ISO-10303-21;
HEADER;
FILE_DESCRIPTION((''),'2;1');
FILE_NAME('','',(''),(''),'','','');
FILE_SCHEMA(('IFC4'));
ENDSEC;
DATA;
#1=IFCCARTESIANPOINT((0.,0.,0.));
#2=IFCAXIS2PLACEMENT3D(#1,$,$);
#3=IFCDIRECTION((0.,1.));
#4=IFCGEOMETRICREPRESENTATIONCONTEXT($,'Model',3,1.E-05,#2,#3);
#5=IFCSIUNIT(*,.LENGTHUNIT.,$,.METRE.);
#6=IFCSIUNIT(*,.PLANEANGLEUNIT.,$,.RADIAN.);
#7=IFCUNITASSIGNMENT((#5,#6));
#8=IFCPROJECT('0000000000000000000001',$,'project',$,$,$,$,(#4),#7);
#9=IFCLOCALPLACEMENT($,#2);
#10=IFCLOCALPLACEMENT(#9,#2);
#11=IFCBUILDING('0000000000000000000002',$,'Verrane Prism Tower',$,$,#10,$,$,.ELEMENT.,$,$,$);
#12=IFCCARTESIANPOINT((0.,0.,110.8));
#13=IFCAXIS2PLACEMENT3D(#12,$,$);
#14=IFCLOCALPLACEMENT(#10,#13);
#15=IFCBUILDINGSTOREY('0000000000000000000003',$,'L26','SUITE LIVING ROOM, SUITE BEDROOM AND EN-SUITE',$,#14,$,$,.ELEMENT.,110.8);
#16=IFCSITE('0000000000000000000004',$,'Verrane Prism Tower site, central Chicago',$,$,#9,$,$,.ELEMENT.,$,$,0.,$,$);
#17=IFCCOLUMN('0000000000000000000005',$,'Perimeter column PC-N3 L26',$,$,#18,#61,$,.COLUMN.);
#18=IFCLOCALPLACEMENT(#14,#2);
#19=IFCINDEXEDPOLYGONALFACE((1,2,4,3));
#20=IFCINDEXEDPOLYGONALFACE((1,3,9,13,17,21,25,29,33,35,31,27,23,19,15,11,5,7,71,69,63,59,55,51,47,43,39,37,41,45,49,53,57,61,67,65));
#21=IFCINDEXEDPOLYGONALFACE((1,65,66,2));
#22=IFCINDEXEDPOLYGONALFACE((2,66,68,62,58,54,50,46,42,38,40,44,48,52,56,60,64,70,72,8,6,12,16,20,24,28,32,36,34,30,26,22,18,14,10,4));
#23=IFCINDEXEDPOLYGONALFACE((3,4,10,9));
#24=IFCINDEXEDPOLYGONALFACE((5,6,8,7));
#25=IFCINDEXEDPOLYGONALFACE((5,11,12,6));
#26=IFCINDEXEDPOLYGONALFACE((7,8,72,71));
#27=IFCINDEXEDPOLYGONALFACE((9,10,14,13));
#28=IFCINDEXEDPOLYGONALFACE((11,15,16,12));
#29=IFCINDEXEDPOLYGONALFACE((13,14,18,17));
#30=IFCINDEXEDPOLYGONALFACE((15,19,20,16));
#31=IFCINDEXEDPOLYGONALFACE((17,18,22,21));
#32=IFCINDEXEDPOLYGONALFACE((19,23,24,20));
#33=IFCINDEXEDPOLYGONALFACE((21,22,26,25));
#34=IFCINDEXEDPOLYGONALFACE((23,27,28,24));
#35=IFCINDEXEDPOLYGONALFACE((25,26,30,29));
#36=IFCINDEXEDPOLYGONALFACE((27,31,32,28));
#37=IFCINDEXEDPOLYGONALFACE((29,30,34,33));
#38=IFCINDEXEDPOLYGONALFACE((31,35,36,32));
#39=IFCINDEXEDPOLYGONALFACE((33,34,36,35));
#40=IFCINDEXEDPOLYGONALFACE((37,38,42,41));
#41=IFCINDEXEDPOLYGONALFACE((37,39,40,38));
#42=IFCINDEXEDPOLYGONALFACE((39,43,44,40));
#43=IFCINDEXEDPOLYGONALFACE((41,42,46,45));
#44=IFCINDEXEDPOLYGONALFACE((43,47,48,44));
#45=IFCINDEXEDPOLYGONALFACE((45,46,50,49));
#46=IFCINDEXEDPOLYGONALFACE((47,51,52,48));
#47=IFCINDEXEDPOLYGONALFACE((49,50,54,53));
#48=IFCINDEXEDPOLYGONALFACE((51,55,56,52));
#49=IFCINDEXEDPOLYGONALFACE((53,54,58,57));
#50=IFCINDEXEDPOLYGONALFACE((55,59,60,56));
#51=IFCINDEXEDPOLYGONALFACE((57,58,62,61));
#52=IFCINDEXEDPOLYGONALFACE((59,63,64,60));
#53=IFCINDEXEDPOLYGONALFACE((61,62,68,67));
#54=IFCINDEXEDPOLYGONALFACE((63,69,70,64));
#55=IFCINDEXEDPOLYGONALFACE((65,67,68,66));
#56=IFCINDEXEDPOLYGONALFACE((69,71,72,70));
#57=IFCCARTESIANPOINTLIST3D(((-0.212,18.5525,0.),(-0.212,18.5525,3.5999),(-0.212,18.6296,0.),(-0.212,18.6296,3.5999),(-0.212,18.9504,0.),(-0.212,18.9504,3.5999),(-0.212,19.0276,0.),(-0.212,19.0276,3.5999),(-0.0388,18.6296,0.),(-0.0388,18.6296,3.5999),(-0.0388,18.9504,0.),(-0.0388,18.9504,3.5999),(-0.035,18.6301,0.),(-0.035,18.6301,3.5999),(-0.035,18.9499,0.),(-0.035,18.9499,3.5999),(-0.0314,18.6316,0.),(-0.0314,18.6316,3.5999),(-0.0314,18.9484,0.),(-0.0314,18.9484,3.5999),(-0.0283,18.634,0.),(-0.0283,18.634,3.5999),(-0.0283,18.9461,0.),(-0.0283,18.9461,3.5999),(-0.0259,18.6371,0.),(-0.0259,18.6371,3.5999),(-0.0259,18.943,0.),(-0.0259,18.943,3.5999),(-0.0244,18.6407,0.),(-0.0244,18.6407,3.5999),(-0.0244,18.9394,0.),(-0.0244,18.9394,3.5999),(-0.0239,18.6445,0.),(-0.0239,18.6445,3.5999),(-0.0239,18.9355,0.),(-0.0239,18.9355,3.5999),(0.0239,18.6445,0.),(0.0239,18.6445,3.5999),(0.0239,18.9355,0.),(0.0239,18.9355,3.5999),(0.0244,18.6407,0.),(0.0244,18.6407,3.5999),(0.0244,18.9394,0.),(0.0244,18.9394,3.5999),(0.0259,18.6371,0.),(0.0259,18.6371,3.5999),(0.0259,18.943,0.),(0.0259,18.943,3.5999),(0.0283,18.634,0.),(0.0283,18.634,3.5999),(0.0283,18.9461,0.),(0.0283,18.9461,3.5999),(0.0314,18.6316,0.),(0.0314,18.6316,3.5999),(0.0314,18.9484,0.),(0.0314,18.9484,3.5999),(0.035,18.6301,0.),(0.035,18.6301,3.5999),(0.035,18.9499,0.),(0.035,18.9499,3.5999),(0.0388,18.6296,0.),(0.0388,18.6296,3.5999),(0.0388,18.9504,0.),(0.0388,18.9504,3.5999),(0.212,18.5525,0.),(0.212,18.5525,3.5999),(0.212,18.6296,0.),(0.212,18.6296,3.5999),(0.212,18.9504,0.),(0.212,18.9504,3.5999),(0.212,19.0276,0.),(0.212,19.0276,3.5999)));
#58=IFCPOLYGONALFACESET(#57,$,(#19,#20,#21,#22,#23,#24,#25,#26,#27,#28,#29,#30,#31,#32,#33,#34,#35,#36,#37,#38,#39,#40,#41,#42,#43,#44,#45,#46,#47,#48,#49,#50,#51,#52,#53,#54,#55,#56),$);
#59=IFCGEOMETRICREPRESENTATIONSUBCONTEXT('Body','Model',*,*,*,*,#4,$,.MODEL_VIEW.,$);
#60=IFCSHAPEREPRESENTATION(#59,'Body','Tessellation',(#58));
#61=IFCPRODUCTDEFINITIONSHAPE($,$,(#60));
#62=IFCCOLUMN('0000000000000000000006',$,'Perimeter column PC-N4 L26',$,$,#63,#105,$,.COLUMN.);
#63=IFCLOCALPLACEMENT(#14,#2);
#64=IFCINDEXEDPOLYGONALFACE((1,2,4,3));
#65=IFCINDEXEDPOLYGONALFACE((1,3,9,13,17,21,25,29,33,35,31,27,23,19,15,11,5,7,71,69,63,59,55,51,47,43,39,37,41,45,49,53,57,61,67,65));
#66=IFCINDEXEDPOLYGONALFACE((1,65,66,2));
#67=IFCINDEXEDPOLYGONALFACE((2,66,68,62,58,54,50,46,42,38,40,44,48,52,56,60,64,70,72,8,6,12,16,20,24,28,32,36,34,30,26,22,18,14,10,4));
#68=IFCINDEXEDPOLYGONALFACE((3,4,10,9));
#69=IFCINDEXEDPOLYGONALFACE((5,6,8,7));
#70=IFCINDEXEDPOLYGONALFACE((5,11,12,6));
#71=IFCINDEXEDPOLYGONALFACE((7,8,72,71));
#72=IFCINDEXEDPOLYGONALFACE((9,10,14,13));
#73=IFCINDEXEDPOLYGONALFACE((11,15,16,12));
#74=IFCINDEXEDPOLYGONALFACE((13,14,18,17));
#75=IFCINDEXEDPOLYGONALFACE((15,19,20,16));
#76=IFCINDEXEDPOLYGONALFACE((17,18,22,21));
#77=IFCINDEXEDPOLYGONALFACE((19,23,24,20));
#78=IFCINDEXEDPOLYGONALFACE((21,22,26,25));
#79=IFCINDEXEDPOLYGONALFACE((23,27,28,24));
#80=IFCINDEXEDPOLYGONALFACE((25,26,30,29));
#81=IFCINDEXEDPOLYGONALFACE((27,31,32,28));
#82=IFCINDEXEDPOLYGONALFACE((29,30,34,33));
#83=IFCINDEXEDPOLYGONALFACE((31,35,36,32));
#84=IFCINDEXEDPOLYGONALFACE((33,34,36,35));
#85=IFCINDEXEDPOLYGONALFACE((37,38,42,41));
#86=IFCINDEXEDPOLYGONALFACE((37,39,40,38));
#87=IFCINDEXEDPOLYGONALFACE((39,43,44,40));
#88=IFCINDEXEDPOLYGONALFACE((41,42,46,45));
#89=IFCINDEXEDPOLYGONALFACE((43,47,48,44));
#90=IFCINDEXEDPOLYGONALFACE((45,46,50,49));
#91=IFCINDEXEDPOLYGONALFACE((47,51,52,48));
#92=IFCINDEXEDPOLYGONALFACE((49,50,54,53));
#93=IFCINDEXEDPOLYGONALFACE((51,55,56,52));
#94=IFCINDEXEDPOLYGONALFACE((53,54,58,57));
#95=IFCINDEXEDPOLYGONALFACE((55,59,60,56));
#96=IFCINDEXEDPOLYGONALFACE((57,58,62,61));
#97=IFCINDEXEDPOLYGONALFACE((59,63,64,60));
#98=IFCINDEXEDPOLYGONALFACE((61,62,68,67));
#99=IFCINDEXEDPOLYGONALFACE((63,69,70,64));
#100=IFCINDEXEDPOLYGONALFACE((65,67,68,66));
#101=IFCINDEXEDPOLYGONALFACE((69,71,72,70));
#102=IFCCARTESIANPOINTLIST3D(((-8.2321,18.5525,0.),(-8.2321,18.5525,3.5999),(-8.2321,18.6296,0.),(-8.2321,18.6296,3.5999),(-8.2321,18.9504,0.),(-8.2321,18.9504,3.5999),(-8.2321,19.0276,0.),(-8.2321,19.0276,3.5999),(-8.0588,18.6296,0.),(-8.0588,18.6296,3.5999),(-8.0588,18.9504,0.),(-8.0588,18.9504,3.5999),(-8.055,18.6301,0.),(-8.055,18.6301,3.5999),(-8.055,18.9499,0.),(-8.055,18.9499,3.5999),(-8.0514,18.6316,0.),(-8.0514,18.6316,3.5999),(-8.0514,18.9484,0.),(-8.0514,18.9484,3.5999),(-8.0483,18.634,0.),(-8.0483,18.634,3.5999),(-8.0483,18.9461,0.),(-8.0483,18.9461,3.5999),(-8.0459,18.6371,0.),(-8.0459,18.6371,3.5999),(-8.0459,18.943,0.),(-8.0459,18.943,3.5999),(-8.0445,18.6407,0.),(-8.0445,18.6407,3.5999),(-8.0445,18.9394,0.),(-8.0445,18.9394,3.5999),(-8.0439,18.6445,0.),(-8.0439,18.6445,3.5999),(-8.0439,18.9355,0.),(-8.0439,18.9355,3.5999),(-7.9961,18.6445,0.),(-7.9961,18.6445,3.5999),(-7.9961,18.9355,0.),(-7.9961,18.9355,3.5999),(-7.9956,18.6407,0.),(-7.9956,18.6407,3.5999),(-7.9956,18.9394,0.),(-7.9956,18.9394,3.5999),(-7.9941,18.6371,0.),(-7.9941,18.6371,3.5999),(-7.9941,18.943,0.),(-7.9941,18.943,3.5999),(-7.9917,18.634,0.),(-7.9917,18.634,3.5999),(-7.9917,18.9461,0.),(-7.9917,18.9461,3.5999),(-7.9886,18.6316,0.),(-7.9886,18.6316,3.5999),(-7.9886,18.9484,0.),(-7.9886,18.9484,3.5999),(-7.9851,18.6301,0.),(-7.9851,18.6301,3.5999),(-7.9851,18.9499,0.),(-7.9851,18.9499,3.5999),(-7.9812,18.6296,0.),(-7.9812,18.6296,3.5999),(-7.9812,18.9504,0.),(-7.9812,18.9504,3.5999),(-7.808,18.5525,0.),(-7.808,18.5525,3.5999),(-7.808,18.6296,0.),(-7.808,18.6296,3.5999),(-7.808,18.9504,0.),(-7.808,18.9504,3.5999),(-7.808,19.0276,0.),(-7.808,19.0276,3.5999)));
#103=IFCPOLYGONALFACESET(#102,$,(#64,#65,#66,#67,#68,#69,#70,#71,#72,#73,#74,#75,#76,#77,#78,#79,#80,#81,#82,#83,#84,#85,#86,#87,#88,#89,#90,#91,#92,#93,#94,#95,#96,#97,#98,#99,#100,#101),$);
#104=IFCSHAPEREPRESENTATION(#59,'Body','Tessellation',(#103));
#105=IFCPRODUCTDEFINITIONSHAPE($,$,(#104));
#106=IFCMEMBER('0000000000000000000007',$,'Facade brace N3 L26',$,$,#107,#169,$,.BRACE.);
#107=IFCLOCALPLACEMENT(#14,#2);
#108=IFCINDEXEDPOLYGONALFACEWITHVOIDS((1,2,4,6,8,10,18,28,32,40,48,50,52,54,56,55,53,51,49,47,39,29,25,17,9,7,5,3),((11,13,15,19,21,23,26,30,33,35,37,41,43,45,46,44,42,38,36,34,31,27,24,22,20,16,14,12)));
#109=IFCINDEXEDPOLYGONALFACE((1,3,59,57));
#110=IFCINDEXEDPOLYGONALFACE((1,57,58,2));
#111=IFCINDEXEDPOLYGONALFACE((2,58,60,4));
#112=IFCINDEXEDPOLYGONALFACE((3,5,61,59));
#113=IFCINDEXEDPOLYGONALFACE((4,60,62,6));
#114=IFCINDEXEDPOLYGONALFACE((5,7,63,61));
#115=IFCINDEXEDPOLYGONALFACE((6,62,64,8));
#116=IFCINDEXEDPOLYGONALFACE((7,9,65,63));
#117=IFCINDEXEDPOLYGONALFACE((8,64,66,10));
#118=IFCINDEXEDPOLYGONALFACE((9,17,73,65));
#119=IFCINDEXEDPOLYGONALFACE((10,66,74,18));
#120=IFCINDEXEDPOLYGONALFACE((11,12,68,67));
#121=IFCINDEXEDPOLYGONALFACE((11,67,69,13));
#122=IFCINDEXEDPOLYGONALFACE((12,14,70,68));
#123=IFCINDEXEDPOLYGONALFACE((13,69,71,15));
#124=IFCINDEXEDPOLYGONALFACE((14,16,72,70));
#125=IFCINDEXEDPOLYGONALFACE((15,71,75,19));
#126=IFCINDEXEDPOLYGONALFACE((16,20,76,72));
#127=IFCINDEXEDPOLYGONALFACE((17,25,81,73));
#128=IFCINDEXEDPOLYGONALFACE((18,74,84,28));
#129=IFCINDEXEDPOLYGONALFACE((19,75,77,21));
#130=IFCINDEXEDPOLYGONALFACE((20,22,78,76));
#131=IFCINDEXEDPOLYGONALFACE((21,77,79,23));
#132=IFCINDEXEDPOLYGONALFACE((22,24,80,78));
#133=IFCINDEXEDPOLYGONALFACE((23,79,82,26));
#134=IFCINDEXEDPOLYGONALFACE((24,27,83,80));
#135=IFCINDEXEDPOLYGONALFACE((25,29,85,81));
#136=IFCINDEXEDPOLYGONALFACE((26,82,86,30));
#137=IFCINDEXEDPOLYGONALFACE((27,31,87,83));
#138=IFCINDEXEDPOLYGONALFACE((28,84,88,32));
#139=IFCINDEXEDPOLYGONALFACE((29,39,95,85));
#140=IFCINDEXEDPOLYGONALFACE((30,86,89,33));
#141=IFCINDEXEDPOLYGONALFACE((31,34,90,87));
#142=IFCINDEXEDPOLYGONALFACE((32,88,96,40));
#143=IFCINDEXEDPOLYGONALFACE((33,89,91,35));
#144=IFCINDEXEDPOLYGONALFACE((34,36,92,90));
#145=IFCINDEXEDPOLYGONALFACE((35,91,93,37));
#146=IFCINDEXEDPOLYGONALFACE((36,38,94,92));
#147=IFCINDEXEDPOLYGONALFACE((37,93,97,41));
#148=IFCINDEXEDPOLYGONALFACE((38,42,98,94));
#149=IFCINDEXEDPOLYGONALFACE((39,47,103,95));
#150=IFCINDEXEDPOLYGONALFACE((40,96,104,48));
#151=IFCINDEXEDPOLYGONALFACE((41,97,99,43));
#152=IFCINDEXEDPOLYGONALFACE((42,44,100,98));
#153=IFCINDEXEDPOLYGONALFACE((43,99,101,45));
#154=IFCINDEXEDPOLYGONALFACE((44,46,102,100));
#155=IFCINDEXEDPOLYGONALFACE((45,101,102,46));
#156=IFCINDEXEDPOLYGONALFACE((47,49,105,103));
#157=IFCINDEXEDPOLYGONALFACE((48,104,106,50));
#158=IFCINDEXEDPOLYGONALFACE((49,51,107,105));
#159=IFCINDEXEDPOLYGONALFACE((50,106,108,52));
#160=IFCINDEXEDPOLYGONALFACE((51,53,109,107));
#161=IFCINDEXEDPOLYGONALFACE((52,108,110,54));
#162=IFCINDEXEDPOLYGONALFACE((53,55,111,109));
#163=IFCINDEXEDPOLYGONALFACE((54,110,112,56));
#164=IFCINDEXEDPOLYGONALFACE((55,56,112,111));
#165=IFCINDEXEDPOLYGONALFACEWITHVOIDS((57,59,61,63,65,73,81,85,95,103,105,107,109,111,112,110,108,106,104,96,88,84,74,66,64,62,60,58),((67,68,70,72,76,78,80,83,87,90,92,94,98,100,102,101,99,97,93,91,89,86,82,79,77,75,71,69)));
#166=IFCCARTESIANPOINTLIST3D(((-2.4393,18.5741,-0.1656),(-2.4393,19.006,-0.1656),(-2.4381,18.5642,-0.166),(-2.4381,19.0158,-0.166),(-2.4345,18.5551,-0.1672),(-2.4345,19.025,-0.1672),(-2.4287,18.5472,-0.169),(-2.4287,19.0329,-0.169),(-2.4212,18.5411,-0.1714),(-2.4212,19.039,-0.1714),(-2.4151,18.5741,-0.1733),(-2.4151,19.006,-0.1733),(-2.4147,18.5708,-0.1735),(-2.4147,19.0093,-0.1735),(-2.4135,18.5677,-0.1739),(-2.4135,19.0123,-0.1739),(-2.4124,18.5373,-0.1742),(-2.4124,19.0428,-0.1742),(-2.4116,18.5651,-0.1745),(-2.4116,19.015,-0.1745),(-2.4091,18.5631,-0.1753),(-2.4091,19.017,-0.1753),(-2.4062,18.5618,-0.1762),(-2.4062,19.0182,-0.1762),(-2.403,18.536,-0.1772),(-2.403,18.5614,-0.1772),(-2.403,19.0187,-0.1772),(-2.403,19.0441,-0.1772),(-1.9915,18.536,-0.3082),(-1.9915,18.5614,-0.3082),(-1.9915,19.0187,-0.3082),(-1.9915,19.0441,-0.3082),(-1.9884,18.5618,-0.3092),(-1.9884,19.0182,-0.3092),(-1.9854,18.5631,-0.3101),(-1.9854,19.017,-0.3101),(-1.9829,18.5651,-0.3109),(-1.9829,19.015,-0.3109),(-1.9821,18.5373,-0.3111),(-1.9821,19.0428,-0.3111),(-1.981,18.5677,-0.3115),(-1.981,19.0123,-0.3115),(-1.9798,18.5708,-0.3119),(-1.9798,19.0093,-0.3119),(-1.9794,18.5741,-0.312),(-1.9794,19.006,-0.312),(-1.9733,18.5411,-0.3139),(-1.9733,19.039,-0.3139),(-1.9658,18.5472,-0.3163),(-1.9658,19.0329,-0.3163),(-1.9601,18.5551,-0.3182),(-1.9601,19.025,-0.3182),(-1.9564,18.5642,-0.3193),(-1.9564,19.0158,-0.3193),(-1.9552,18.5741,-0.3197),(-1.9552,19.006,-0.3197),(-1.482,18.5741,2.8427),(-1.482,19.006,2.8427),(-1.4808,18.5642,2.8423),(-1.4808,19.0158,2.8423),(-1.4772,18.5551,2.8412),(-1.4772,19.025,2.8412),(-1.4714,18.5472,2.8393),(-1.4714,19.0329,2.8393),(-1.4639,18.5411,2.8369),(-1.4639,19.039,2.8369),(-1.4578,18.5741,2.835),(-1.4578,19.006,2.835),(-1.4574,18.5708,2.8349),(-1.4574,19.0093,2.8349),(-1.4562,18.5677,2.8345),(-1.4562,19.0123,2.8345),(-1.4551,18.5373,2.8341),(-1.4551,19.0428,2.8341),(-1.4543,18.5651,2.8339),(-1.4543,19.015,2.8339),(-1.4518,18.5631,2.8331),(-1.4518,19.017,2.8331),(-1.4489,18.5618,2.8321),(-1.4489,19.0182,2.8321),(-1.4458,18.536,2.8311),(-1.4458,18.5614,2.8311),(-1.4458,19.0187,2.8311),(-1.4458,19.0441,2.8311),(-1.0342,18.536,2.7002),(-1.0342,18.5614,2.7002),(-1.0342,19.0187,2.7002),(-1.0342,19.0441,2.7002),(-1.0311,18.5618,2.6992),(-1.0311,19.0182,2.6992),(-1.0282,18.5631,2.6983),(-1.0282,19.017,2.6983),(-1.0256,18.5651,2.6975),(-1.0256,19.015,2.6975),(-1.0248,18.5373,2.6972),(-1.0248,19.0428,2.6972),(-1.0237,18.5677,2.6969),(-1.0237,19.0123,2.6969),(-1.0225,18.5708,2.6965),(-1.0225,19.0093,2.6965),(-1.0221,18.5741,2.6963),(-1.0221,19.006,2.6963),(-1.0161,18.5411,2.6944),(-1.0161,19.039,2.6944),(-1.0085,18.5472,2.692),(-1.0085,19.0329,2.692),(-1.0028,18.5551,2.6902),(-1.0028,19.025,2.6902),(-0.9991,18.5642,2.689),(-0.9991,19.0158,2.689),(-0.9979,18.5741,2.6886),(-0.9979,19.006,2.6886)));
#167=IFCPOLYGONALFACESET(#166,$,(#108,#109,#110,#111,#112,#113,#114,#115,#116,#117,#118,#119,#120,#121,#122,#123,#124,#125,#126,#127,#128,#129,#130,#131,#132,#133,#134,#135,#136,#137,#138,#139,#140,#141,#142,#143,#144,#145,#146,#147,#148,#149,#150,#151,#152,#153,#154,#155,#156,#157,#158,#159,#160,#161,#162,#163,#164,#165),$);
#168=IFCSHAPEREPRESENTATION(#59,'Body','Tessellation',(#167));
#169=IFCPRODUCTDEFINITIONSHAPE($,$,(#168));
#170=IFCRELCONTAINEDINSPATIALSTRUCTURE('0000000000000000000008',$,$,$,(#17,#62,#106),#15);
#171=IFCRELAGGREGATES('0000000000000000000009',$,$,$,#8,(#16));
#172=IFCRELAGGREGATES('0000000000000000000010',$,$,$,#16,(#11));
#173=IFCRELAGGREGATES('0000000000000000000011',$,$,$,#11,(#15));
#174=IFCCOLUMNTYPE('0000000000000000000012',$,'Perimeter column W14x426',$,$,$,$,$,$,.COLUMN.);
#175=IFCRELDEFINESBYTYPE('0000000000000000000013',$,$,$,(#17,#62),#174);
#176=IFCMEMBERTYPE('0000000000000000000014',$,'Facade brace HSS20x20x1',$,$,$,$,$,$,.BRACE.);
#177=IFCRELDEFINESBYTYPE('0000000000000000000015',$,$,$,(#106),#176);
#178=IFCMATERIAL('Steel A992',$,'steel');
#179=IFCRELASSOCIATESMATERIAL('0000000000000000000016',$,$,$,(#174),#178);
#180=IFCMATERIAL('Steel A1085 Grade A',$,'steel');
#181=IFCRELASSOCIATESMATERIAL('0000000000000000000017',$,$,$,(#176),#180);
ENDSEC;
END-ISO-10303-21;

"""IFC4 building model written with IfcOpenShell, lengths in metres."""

from ifc_helpers import new_model, si_unit, direction, frame, origin, origin_2d, place, context, subcontext, project, spatial, hollow_rectangle, i_section, extrude, material, material_profile, profile_set, type_object, element, save


model = new_model("IFC4")

# Units and contexts
model_context = context("Model", 3, precision=1e-05, world=origin(), true_north=direction((0.0, 1.0)))
body_context = subcontext(model_context, "Body", "Model", "MODEL_VIEW")
ifc_project = project(units=[si_unit("LENGTHUNIT", "METRE"), si_unit("PLANEANGLEUNIT", "RADIAN")], contexts=[model_context])

# Site, building, storey
site_placement = place(None, origin())
site = spatial("IfcSite", under=ifc_project, at=site_placement, Name="Verrane Prism Tower site, central Chicago", CompositionType="ELEMENT", RefElevation=0.0)
building_placement = place(site_placement, origin())
building = spatial("IfcBuilding", under=site, at=building_placement, Name="Verrane Prism Tower", CompositionType="ELEMENT")
storey_placement = place(building_placement, frame((0.0, 0.0, 110.8)))
storey = spatial("IfcBuildingStorey", under=building, at=storey_placement, Name="L26", Description="SUITE LIVING ROOM, SUITE BEDROOM AND EN-SUITE", CompositionType="ELEMENT", Elevation=110.8)

# Columns
ifc_material_1 = material(Name="Steel A992", Category="steel")
ifc_material_profile_1 = material_profile(ifc_material_1, i_section(OverallWidth=0.4241, OverallDepth=0.4751, WebThickness=0.0479, FlangeThickness=0.0771, FilletRadius=0.0149, at=origin_2d()), Name="W14x426")
ifc_profile_set_1 = profile_set([ifc_material_profile_1], Name="Steel A992")
column_type = type_object("IfcColumnType", Name="Perimeter column W14x426", PredefinedType="COLUMN", material=ifc_profile_set_1)
for number, where, z_axis, x_axis, name in (
    (1, (0.0, 18.79, 0.0), (0.0, 0.0, 1.0), (1.0, 0.0, 0.0), "Perimeter column PC-N3 L26"),
    (2, (-8.02, 18.79, 0.0), (0.0, 0.0, 1.0), (1.0, 0.0, 0.0), "Perimeter column PC-N4 L26"),
):
    element("IfcColumn", number, at=place(storey_placement, frame(where, z_axis=z_axis, x_axis=x_axis)), inside=storey, type_object=column_type, Name=name, PredefinedType="COLUMN", context=body_context, shape_type="SweptSolid", body=[
        extrude(i_section(OverallWidth=0.4241, OverallDepth=0.4751, WebThickness=0.0479, FlangeThickness=0.0771, FilletRadius=0.0149, at=origin_2d()), origin(), (0.0, 0.0, 1.0), 3.5999),
    ])

# Member
ifc_material_2 = material(Name="Steel A1085 Grade A", Category="steel")
ifc_material_profile_2 = material_profile(ifc_material_2, hollow_rectangle(XDim=0.5081, YDim=0.5081, WallThickness=0.0254, InnerFilletRadius=0.0127, OuterFilletRadius=0.0381, at=origin_2d()), Name="HSS20x20x1")
ifc_profile_set_2 = profile_set([ifc_material_profile_2], Name="Steel A1085 Grade A")
member_type_1 = type_object("IfcMemberType", Name="Facade brace HSS20x20x1", PredefinedType="BRACE", material=ifc_profile_set_2)
for number, where, z_axis, x_axis, name in (
    (3, (-2.1973, 18.79, -0.2427), (0.303229, 0.0, 0.952918), (0.0, 1.0, 0.0), "Facade brace N3 L26"),
):
    element("IfcMember", number, at=place(storey_placement, frame(where, z_axis=z_axis, x_axis=x_axis)), inside=storey, type_object=member_type_1, Name=name, PredefinedType="BRACE", context=body_context, shape_type="SweptSolid", body=[
        extrude(hollow_rectangle(XDim=0.5081, YDim=0.5081, WallThickness=0.0254, InnerFilletRadius=0.0127, OuterFilletRadius=0.0381, at=origin_2d()), origin(), (0.0, 0.0, 1.0), 3.157),
    ])

save(model, "model.ifc")
